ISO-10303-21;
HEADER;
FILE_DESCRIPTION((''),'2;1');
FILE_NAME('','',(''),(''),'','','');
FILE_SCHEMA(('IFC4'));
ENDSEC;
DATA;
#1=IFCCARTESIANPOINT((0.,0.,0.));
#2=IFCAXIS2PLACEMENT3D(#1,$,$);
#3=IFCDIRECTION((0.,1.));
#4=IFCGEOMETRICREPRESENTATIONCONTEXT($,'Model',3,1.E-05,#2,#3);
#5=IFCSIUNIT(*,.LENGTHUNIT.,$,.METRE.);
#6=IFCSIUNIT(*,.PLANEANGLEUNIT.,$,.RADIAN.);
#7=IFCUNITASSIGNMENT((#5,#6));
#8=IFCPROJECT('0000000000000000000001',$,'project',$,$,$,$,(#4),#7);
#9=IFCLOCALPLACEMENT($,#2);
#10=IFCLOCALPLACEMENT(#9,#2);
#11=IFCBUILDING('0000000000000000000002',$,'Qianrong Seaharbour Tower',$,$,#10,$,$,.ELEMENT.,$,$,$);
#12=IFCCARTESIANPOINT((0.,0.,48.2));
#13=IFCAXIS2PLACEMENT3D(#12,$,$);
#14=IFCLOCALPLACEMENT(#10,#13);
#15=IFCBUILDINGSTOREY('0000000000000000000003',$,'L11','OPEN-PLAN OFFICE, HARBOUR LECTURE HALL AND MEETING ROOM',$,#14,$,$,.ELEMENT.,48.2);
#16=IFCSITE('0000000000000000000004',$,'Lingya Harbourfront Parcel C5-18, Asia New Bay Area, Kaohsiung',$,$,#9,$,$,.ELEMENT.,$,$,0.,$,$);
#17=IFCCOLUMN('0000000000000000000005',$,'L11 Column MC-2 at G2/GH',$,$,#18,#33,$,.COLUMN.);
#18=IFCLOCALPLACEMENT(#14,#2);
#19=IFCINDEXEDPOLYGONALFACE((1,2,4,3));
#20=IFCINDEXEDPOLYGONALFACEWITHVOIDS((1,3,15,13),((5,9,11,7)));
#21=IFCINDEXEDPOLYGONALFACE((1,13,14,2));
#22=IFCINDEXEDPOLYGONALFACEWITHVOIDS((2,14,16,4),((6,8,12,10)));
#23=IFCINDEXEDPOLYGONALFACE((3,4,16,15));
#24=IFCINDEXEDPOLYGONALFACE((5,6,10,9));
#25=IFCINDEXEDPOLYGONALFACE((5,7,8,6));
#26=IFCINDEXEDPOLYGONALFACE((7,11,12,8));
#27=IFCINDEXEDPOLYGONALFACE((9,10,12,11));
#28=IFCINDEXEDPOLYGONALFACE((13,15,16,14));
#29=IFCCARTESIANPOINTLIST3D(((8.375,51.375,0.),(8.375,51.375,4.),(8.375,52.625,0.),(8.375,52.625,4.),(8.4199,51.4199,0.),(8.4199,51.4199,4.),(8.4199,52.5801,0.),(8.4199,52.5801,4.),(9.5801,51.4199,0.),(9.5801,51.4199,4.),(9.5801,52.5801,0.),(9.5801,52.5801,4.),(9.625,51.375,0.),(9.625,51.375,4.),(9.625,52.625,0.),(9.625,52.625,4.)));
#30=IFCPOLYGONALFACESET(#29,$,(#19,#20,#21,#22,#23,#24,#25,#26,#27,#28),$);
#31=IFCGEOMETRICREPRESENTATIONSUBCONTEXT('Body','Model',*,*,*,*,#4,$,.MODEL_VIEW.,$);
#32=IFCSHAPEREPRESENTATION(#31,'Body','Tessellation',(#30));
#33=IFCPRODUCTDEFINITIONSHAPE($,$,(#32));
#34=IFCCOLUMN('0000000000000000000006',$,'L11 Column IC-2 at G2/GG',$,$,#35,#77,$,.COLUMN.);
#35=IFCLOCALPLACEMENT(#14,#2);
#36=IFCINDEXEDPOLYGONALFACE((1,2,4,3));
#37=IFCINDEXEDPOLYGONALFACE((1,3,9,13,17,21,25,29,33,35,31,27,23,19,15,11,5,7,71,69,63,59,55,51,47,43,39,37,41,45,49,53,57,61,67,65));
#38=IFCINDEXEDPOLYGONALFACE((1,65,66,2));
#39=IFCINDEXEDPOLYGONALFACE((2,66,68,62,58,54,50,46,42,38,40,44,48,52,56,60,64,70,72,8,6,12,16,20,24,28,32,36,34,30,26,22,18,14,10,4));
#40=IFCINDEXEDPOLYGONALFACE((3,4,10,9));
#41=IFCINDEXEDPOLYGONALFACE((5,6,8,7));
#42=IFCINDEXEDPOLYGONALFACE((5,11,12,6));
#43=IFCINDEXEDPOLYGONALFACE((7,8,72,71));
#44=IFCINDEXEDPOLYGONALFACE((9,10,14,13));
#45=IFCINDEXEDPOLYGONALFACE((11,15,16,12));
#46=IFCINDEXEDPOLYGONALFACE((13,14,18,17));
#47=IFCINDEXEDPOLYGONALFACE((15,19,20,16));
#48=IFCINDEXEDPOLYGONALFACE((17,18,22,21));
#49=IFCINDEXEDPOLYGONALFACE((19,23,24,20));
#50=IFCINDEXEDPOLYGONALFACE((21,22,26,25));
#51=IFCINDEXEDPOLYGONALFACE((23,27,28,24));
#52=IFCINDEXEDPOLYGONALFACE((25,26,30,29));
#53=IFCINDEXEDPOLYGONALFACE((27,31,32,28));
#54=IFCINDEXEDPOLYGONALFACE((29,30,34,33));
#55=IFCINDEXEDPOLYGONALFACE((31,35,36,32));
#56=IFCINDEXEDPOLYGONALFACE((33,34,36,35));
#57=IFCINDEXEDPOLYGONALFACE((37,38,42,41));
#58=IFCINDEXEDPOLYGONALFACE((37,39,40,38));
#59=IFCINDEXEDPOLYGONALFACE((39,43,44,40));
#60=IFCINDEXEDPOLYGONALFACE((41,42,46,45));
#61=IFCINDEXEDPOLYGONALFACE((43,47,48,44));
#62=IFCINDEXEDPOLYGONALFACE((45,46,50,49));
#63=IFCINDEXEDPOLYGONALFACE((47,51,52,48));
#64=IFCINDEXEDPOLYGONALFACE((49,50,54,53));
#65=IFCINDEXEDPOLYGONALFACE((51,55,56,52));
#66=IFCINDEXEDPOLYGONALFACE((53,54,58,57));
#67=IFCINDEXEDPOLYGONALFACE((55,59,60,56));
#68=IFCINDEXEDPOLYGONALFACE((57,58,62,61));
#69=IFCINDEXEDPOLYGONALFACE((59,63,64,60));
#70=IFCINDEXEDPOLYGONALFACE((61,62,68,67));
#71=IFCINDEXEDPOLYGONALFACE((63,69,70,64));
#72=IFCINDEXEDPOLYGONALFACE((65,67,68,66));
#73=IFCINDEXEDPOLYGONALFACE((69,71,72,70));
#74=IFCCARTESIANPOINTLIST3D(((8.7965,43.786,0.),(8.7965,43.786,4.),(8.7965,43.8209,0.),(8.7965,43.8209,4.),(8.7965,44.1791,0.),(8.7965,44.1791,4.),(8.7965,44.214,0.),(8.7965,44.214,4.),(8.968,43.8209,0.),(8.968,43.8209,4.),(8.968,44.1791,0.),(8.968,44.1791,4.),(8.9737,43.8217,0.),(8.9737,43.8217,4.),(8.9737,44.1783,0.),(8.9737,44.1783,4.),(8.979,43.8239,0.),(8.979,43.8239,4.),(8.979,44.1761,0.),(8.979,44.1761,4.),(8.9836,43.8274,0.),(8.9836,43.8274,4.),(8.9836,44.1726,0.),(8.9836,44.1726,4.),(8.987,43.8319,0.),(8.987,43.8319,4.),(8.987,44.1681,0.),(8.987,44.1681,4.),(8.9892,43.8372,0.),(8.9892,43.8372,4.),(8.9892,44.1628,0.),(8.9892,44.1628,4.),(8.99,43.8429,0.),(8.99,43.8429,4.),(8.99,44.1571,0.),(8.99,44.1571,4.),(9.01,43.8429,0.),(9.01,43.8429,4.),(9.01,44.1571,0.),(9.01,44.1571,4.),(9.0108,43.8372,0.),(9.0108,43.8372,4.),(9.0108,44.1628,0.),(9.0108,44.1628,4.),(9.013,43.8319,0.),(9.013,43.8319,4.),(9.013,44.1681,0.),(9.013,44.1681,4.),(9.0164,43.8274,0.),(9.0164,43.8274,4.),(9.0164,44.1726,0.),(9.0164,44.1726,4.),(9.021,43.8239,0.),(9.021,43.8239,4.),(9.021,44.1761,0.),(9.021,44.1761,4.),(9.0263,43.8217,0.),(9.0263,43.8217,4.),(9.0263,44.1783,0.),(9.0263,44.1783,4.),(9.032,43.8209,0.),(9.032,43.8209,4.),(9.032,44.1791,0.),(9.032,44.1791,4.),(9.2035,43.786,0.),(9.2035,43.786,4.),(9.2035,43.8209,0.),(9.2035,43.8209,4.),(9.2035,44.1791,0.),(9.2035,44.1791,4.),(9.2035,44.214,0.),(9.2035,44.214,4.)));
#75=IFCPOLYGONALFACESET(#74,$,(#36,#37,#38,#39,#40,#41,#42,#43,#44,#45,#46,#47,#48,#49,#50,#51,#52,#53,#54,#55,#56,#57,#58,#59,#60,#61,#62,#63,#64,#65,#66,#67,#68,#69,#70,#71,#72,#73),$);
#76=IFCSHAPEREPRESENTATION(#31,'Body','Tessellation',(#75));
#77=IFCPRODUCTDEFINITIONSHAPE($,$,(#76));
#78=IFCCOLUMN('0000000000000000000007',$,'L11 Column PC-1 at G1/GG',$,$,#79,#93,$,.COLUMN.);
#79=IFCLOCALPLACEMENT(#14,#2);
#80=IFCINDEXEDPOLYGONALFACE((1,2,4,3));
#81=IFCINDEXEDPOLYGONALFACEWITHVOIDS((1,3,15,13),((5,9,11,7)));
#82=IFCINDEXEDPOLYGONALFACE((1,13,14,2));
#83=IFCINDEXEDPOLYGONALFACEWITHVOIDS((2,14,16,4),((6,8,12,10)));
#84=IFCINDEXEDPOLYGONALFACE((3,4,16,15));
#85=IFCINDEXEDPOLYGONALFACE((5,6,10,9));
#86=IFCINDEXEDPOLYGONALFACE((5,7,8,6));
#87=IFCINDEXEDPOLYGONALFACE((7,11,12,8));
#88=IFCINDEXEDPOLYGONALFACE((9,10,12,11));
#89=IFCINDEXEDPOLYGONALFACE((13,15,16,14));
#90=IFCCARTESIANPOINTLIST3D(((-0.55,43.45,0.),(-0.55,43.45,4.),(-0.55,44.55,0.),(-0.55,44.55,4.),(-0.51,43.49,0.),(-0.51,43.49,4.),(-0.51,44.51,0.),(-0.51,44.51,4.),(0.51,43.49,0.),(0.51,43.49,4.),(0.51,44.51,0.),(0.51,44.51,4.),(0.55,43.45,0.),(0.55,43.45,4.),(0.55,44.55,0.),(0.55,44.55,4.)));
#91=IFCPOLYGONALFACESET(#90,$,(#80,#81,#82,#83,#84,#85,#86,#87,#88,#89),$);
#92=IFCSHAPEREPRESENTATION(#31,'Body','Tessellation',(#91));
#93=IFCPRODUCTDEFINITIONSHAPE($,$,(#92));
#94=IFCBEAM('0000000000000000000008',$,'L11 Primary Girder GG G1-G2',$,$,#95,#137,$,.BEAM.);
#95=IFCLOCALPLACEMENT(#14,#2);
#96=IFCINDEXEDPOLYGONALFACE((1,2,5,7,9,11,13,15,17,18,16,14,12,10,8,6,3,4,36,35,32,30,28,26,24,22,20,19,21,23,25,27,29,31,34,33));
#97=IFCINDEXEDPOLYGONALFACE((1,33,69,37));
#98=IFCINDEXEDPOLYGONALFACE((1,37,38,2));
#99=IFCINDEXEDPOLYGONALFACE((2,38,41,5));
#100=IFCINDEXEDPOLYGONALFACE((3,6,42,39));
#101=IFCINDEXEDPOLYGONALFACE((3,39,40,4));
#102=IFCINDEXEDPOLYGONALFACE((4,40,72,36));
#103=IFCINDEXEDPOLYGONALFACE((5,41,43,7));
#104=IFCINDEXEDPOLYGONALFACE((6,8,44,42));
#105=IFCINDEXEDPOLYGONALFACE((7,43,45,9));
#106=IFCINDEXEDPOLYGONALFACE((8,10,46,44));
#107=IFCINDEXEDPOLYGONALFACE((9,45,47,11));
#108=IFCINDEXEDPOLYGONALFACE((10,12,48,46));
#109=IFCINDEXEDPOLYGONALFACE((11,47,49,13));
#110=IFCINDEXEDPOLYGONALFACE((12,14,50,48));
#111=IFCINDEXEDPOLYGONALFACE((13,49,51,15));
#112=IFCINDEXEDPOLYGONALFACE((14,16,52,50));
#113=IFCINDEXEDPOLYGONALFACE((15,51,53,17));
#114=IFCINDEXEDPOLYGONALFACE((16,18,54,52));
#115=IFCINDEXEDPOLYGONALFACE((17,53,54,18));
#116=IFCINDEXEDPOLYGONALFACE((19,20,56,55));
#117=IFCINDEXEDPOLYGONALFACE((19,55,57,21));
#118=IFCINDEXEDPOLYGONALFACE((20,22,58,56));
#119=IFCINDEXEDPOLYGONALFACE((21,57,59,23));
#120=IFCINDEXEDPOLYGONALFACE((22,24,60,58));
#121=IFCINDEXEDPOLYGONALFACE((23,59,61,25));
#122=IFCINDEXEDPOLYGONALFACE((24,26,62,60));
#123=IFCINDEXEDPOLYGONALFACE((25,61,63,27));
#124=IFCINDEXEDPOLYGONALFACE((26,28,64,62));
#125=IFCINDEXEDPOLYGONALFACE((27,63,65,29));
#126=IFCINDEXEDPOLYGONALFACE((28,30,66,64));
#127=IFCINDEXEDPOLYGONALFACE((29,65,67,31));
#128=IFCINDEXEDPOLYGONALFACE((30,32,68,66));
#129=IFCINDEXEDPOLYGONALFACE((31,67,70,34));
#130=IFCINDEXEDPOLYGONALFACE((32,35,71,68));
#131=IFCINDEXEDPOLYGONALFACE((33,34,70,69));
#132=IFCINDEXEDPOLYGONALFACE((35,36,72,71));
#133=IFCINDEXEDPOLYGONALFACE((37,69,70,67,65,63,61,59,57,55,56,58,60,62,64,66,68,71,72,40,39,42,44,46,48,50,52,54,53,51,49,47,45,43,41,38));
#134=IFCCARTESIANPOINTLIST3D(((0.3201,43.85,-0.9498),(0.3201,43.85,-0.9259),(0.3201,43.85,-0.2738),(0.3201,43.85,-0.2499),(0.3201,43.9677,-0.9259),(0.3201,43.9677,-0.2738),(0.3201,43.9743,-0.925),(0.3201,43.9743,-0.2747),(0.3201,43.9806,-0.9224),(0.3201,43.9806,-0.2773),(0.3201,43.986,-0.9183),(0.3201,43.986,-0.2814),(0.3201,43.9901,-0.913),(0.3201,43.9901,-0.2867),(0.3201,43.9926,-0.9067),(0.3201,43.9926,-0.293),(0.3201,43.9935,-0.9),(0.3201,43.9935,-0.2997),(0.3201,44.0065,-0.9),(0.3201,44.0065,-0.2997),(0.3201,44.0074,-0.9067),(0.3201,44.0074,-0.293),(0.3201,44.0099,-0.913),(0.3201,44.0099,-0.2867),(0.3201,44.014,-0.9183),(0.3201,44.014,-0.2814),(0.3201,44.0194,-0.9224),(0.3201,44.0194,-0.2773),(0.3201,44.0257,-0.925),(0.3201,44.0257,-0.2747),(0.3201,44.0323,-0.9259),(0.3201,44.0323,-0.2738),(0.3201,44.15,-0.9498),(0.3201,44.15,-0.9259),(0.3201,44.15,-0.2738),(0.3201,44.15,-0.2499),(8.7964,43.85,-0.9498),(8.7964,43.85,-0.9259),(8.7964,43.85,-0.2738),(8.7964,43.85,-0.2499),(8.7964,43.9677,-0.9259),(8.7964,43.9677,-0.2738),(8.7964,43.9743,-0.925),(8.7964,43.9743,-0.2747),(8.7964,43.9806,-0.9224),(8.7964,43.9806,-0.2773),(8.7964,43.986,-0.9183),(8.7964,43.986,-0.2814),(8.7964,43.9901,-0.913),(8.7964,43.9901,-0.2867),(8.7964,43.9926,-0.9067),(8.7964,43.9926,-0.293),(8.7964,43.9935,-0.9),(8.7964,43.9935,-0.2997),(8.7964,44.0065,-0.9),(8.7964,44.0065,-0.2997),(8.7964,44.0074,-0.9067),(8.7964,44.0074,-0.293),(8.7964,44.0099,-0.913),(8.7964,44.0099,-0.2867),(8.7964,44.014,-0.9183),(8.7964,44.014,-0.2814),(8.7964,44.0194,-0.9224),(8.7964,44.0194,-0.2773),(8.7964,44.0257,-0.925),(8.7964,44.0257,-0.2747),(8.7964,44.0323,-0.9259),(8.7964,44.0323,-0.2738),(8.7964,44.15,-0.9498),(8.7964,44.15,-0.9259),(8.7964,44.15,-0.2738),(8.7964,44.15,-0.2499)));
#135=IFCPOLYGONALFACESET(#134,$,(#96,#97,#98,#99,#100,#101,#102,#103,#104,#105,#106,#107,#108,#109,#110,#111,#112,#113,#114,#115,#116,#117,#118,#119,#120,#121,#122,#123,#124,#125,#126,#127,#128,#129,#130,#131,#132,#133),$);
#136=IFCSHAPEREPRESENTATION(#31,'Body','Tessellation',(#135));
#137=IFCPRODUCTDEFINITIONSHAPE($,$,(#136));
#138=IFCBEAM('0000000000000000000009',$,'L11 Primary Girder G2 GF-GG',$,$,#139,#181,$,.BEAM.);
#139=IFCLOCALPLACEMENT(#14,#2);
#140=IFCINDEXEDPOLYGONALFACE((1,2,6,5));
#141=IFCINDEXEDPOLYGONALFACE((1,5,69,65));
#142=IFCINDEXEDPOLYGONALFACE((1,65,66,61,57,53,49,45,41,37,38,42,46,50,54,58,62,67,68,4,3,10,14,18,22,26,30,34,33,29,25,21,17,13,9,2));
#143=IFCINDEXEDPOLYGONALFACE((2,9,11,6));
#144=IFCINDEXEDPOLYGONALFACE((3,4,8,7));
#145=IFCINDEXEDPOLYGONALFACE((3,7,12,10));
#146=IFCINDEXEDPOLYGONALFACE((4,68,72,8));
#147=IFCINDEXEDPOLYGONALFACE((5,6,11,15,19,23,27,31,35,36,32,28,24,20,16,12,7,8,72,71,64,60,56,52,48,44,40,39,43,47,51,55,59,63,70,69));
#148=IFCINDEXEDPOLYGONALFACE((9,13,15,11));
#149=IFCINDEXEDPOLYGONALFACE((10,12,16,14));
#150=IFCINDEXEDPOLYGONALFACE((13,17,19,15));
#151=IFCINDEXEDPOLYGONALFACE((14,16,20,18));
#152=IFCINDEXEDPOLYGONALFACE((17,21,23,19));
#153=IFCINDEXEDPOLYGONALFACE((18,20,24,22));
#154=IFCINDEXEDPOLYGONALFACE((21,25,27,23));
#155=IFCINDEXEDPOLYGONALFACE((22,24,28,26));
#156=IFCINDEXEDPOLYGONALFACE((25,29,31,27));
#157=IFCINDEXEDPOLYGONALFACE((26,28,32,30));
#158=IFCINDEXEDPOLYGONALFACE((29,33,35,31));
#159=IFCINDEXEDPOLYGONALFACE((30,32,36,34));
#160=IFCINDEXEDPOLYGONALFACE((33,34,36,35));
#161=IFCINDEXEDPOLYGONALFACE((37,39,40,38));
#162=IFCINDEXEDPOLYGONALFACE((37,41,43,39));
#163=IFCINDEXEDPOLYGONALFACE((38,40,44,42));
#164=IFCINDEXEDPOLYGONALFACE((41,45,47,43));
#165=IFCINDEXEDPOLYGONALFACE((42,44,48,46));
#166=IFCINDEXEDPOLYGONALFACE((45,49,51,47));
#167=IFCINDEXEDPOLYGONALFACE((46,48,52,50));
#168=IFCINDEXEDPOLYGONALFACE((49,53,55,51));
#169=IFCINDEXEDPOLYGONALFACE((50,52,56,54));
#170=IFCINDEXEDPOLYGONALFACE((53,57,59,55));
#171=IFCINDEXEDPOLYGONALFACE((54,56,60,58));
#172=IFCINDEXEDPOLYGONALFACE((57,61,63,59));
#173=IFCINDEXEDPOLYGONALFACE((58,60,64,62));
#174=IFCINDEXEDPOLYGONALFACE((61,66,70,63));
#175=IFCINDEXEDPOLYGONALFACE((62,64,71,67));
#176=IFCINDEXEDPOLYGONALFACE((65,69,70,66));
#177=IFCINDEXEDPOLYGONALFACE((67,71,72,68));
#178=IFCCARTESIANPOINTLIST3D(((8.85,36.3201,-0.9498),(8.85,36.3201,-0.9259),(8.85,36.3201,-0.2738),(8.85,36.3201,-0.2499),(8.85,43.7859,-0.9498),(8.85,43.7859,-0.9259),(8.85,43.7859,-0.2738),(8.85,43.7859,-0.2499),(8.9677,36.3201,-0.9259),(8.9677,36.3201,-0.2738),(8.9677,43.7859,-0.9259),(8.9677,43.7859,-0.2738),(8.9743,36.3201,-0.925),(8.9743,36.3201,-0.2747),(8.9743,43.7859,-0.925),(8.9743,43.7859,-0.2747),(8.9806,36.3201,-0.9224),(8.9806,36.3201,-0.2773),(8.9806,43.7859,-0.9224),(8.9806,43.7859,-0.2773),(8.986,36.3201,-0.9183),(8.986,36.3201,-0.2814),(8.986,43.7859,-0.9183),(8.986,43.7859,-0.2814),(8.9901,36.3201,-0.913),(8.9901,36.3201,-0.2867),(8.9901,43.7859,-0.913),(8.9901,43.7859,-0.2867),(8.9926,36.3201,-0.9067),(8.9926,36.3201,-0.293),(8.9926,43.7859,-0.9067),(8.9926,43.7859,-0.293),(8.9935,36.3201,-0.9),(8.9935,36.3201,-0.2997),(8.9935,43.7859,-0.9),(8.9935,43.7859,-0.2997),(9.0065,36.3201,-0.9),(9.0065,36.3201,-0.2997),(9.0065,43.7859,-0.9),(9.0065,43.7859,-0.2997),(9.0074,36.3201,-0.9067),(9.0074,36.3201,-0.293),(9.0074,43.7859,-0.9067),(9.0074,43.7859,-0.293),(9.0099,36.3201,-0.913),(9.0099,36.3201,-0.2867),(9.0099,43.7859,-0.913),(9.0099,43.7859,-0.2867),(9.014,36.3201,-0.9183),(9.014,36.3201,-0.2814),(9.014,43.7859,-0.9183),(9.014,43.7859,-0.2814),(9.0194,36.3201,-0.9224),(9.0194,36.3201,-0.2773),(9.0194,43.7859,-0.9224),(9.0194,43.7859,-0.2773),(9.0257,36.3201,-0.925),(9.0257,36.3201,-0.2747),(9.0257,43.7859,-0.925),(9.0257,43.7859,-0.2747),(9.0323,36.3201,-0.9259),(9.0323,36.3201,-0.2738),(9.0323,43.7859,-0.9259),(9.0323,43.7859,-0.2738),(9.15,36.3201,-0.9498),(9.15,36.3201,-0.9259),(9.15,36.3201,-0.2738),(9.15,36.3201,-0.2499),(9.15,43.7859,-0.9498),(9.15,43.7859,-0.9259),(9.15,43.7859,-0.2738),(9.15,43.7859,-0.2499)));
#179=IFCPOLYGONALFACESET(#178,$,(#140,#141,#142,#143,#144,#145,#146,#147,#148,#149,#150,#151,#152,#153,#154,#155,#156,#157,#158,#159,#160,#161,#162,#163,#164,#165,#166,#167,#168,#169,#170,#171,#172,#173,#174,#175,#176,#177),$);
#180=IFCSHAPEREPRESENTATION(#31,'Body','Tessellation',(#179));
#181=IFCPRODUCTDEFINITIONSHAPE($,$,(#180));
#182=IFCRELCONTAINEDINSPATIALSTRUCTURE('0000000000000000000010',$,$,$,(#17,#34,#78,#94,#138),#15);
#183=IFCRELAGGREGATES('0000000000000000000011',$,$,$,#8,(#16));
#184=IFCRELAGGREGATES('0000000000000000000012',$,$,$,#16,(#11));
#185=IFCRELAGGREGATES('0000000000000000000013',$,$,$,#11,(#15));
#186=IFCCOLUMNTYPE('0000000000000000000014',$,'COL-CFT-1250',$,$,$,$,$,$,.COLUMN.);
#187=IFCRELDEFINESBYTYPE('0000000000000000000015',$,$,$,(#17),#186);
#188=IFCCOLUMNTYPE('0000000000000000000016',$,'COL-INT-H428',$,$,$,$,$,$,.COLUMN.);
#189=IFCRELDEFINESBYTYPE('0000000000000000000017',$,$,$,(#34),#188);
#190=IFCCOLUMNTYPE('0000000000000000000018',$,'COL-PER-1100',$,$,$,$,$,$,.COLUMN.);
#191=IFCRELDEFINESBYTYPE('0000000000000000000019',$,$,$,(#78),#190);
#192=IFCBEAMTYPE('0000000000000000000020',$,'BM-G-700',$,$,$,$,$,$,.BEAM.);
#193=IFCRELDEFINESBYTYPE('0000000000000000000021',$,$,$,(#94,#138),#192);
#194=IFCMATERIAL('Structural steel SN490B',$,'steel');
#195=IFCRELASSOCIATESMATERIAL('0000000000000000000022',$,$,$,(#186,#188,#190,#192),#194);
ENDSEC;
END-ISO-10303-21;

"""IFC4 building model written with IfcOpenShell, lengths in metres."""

from ifc_helpers import new_model, si_unit, direction, frame, origin, origin_2d, place, context, subcontext, project, spatial, hollow_rectangle, i_section, extrude, material, material_profile, profile_set, type_object, element, save


model = new_model("IFC4")

# Units and contexts
model_context = context("Model", 3, precision=1e-05, world=origin(), true_north=direction((0.0, 1.0)))
body_context = subcontext(model_context, "Body", "Model", "MODEL_VIEW")
ifc_project = project(units=[si_unit("LENGTHUNIT", "METRE"), si_unit("PLANEANGLEUNIT", "RADIAN")], contexts=[model_context])

# Site, building, storey
site_placement = place(None, origin())
site = spatial("IfcSite", under=ifc_project, at=site_placement, Name="Lingya Harbourfront Parcel C5-18, Asia New Bay Area, Kaohsiung", CompositionType="ELEMENT", RefElevation=0.0)
building_placement = place(site_placement, origin())
building = spatial("IfcBuilding", under=site, at=building_placement, Name="Qianrong Seaharbour Tower", CompositionType="ELEMENT")
storey_placement = place(building_placement, frame((0.0, 0.0, 48.2)))
storey = spatial("IfcBuildingStorey", under=building, at=storey_placement, Name="L11", Description="OPEN-PLAN OFFICE, HARBOUR LECTURE HALL AND MEETING ROOM", CompositionType="ELEMENT", Elevation=48.2)

# Columns
ifc_material_1 = material(Name="Structural steel SN490B", Category="steel")
ifc_material_profile_1 = material_profile(ifc_material_1, hollow_rectangle(XDim=1.25, YDim=1.25, WallThickness=0.0449, at=origin_2d()), Name="BOX1250x1250x45")
ifc_profile_set_1 = profile_set([ifc_material_profile_1], Name="Structural steel SN490B")
column_type_1 = type_object("IfcColumnType", Name="COL-CFT-1250", PredefinedType="COLUMN", material=ifc_profile_set_1)
column_1_placement = place(storey_placement, frame((9.0, 52.0, 0.0), z_axis=(0.0, 0.0, 1.0), x_axis=(1.0, 0.0, 0.0)))
element("IfcColumn", 1, at=column_1_placement, inside=storey, type_object=column_type_1, Name="L11 Column MC-2 at G2/GH", PredefinedType="COLUMN", context=body_context, shape_type="SweptSolid", body=[
    extrude(hollow_rectangle(XDim=1.25, YDim=1.25, WallThickness=0.0449, at=origin_2d()), origin(), (0.0, 0.0, 1.0), 4.0),
])
ifc_material_profile_2 = material_profile(ifc_material_1, i_section(OverallWidth=0.407, OverallDepth=0.428, WebThickness=0.02, FlangeThickness=0.0349, FilletRadius=0.022, at=origin_2d()), Name="H428x407x20x35")
ifc_profile_set_2 = profile_set([ifc_material_profile_2], Name="Structural steel SN490B")
column_type_2 = type_object("IfcColumnType", Name="COL-INT-H428", PredefinedType="COLUMN", material=ifc_profile_set_2)
column_2_placement = place(storey_placement, frame((9.0, 44.0, 0.0), z_axis=(0.0, 0.0, 1.0), x_axis=(1.0, 0.0, 0.0)))
element("IfcColumn", 2, at=column_2_placement, inside=storey, type_object=column_type_2, Name="L11 Column IC-2 at G2/GG", PredefinedType="COLUMN", context=body_context, shape_type="SweptSolid", body=[
    extrude(i_section(OverallWidth=0.407, OverallDepth=0.428, WebThickness=0.02, FlangeThickness=0.0349, FilletRadius=0.022, at=origin_2d()), origin(), (0.0, 0.0, 1.0), 4.0),
])
ifc_material_profile_3 = material_profile(ifc_material_1, hollow_rectangle(XDim=1.1001, YDim=1.1001, WallThickness=0.04, at=origin_2d()), Name="BOX1100x1100x40")
ifc_profile_set_3 = profile_set([ifc_material_profile_3], Name="Structural steel SN490B")
column_type_3 = type_object("IfcColumnType", Name="COL-PER-1100", PredefinedType="COLUMN", material=ifc_profile_set_3)
column_3_placement = place(storey_placement, frame((0.0, 44.0, 0.0), z_axis=(0.0, 0.0, 1.0), x_axis=(1.0, 0.0, 0.0)))
element("IfcColumn", 3, at=column_3_placement, inside=storey, type_object=column_type_3, Name="L11 Column PC-1 at G1/GG", PredefinedType="COLUMN", context=body_context, shape_type="SweptSolid", body=[
    extrude(hollow_rectangle(XDim=1.1001, YDim=1.1001, WallThickness=0.04, at=origin_2d()), origin(), (0.0, 0.0, 1.0), 4.0),
])

# Beams
ifc_material_profile_4 = material_profile(ifc_material_1, i_section(OverallWidth=0.3, OverallDepth=0.7, WebThickness=0.0129, FlangeThickness=0.0239, FilletRadius=0.0259, at=origin_2d()), Name="H700x300x13x24")
ifc_profile_set_4 = profile_set([ifc_material_profile_4], Name="Structural steel SN490B")
beam_type_1 = type_object("IfcBeamType", Name="BM-G-700", PredefinedType="BEAM", material=ifc_profile_set_4)
beam_1_placement = place(storey_placement, frame((0.3201, 44.0, -0.5999), z_axis=(1.0, 0.0, 0.0), x_axis=(0.0, 1.0, 0.0)))
element("IfcBeam", 4, at=beam_1_placement, inside=storey, type_object=beam_type_1, Name="L11 Primary Girder GG G1-G2", PredefinedType="BEAM", context=body_context, shape_type="SweptSolid", body=[
    extrude(i_section(OverallWidth=0.3, OverallDepth=0.7, WebThickness=0.0129, FlangeThickness=0.0239, FilletRadius=0.0259, at=origin_2d()), origin(), (0.0, 0.0, 1.0), 8.4763),
])
for number, where, z_axis, x_axis, name in (
    (5, (9.0, 36.3201, -0.5999), (0.0, 1.0, 0.0), (-1.0, 0.0, 0.0), "L11 Primary Girder G2 GF-GG"),
):
    element("IfcBeam", number, at=place(storey_placement, frame(where, z_axis=z_axis, x_axis=x_axis)), inside=storey, type_object=beam_type_1, Name=name, PredefinedType="BEAM", context=body_context, shape_type="SweptSolid", body=[
        extrude(i_section(OverallWidth=0.3, OverallDepth=0.7, WebThickness=0.0129, FlangeThickness=0.0239, FilletRadius=0.0259, at=origin_2d()), origin(), (0.0, 0.0, 1.0), 7.4658),
    ])

save(model, "model.ifc")
